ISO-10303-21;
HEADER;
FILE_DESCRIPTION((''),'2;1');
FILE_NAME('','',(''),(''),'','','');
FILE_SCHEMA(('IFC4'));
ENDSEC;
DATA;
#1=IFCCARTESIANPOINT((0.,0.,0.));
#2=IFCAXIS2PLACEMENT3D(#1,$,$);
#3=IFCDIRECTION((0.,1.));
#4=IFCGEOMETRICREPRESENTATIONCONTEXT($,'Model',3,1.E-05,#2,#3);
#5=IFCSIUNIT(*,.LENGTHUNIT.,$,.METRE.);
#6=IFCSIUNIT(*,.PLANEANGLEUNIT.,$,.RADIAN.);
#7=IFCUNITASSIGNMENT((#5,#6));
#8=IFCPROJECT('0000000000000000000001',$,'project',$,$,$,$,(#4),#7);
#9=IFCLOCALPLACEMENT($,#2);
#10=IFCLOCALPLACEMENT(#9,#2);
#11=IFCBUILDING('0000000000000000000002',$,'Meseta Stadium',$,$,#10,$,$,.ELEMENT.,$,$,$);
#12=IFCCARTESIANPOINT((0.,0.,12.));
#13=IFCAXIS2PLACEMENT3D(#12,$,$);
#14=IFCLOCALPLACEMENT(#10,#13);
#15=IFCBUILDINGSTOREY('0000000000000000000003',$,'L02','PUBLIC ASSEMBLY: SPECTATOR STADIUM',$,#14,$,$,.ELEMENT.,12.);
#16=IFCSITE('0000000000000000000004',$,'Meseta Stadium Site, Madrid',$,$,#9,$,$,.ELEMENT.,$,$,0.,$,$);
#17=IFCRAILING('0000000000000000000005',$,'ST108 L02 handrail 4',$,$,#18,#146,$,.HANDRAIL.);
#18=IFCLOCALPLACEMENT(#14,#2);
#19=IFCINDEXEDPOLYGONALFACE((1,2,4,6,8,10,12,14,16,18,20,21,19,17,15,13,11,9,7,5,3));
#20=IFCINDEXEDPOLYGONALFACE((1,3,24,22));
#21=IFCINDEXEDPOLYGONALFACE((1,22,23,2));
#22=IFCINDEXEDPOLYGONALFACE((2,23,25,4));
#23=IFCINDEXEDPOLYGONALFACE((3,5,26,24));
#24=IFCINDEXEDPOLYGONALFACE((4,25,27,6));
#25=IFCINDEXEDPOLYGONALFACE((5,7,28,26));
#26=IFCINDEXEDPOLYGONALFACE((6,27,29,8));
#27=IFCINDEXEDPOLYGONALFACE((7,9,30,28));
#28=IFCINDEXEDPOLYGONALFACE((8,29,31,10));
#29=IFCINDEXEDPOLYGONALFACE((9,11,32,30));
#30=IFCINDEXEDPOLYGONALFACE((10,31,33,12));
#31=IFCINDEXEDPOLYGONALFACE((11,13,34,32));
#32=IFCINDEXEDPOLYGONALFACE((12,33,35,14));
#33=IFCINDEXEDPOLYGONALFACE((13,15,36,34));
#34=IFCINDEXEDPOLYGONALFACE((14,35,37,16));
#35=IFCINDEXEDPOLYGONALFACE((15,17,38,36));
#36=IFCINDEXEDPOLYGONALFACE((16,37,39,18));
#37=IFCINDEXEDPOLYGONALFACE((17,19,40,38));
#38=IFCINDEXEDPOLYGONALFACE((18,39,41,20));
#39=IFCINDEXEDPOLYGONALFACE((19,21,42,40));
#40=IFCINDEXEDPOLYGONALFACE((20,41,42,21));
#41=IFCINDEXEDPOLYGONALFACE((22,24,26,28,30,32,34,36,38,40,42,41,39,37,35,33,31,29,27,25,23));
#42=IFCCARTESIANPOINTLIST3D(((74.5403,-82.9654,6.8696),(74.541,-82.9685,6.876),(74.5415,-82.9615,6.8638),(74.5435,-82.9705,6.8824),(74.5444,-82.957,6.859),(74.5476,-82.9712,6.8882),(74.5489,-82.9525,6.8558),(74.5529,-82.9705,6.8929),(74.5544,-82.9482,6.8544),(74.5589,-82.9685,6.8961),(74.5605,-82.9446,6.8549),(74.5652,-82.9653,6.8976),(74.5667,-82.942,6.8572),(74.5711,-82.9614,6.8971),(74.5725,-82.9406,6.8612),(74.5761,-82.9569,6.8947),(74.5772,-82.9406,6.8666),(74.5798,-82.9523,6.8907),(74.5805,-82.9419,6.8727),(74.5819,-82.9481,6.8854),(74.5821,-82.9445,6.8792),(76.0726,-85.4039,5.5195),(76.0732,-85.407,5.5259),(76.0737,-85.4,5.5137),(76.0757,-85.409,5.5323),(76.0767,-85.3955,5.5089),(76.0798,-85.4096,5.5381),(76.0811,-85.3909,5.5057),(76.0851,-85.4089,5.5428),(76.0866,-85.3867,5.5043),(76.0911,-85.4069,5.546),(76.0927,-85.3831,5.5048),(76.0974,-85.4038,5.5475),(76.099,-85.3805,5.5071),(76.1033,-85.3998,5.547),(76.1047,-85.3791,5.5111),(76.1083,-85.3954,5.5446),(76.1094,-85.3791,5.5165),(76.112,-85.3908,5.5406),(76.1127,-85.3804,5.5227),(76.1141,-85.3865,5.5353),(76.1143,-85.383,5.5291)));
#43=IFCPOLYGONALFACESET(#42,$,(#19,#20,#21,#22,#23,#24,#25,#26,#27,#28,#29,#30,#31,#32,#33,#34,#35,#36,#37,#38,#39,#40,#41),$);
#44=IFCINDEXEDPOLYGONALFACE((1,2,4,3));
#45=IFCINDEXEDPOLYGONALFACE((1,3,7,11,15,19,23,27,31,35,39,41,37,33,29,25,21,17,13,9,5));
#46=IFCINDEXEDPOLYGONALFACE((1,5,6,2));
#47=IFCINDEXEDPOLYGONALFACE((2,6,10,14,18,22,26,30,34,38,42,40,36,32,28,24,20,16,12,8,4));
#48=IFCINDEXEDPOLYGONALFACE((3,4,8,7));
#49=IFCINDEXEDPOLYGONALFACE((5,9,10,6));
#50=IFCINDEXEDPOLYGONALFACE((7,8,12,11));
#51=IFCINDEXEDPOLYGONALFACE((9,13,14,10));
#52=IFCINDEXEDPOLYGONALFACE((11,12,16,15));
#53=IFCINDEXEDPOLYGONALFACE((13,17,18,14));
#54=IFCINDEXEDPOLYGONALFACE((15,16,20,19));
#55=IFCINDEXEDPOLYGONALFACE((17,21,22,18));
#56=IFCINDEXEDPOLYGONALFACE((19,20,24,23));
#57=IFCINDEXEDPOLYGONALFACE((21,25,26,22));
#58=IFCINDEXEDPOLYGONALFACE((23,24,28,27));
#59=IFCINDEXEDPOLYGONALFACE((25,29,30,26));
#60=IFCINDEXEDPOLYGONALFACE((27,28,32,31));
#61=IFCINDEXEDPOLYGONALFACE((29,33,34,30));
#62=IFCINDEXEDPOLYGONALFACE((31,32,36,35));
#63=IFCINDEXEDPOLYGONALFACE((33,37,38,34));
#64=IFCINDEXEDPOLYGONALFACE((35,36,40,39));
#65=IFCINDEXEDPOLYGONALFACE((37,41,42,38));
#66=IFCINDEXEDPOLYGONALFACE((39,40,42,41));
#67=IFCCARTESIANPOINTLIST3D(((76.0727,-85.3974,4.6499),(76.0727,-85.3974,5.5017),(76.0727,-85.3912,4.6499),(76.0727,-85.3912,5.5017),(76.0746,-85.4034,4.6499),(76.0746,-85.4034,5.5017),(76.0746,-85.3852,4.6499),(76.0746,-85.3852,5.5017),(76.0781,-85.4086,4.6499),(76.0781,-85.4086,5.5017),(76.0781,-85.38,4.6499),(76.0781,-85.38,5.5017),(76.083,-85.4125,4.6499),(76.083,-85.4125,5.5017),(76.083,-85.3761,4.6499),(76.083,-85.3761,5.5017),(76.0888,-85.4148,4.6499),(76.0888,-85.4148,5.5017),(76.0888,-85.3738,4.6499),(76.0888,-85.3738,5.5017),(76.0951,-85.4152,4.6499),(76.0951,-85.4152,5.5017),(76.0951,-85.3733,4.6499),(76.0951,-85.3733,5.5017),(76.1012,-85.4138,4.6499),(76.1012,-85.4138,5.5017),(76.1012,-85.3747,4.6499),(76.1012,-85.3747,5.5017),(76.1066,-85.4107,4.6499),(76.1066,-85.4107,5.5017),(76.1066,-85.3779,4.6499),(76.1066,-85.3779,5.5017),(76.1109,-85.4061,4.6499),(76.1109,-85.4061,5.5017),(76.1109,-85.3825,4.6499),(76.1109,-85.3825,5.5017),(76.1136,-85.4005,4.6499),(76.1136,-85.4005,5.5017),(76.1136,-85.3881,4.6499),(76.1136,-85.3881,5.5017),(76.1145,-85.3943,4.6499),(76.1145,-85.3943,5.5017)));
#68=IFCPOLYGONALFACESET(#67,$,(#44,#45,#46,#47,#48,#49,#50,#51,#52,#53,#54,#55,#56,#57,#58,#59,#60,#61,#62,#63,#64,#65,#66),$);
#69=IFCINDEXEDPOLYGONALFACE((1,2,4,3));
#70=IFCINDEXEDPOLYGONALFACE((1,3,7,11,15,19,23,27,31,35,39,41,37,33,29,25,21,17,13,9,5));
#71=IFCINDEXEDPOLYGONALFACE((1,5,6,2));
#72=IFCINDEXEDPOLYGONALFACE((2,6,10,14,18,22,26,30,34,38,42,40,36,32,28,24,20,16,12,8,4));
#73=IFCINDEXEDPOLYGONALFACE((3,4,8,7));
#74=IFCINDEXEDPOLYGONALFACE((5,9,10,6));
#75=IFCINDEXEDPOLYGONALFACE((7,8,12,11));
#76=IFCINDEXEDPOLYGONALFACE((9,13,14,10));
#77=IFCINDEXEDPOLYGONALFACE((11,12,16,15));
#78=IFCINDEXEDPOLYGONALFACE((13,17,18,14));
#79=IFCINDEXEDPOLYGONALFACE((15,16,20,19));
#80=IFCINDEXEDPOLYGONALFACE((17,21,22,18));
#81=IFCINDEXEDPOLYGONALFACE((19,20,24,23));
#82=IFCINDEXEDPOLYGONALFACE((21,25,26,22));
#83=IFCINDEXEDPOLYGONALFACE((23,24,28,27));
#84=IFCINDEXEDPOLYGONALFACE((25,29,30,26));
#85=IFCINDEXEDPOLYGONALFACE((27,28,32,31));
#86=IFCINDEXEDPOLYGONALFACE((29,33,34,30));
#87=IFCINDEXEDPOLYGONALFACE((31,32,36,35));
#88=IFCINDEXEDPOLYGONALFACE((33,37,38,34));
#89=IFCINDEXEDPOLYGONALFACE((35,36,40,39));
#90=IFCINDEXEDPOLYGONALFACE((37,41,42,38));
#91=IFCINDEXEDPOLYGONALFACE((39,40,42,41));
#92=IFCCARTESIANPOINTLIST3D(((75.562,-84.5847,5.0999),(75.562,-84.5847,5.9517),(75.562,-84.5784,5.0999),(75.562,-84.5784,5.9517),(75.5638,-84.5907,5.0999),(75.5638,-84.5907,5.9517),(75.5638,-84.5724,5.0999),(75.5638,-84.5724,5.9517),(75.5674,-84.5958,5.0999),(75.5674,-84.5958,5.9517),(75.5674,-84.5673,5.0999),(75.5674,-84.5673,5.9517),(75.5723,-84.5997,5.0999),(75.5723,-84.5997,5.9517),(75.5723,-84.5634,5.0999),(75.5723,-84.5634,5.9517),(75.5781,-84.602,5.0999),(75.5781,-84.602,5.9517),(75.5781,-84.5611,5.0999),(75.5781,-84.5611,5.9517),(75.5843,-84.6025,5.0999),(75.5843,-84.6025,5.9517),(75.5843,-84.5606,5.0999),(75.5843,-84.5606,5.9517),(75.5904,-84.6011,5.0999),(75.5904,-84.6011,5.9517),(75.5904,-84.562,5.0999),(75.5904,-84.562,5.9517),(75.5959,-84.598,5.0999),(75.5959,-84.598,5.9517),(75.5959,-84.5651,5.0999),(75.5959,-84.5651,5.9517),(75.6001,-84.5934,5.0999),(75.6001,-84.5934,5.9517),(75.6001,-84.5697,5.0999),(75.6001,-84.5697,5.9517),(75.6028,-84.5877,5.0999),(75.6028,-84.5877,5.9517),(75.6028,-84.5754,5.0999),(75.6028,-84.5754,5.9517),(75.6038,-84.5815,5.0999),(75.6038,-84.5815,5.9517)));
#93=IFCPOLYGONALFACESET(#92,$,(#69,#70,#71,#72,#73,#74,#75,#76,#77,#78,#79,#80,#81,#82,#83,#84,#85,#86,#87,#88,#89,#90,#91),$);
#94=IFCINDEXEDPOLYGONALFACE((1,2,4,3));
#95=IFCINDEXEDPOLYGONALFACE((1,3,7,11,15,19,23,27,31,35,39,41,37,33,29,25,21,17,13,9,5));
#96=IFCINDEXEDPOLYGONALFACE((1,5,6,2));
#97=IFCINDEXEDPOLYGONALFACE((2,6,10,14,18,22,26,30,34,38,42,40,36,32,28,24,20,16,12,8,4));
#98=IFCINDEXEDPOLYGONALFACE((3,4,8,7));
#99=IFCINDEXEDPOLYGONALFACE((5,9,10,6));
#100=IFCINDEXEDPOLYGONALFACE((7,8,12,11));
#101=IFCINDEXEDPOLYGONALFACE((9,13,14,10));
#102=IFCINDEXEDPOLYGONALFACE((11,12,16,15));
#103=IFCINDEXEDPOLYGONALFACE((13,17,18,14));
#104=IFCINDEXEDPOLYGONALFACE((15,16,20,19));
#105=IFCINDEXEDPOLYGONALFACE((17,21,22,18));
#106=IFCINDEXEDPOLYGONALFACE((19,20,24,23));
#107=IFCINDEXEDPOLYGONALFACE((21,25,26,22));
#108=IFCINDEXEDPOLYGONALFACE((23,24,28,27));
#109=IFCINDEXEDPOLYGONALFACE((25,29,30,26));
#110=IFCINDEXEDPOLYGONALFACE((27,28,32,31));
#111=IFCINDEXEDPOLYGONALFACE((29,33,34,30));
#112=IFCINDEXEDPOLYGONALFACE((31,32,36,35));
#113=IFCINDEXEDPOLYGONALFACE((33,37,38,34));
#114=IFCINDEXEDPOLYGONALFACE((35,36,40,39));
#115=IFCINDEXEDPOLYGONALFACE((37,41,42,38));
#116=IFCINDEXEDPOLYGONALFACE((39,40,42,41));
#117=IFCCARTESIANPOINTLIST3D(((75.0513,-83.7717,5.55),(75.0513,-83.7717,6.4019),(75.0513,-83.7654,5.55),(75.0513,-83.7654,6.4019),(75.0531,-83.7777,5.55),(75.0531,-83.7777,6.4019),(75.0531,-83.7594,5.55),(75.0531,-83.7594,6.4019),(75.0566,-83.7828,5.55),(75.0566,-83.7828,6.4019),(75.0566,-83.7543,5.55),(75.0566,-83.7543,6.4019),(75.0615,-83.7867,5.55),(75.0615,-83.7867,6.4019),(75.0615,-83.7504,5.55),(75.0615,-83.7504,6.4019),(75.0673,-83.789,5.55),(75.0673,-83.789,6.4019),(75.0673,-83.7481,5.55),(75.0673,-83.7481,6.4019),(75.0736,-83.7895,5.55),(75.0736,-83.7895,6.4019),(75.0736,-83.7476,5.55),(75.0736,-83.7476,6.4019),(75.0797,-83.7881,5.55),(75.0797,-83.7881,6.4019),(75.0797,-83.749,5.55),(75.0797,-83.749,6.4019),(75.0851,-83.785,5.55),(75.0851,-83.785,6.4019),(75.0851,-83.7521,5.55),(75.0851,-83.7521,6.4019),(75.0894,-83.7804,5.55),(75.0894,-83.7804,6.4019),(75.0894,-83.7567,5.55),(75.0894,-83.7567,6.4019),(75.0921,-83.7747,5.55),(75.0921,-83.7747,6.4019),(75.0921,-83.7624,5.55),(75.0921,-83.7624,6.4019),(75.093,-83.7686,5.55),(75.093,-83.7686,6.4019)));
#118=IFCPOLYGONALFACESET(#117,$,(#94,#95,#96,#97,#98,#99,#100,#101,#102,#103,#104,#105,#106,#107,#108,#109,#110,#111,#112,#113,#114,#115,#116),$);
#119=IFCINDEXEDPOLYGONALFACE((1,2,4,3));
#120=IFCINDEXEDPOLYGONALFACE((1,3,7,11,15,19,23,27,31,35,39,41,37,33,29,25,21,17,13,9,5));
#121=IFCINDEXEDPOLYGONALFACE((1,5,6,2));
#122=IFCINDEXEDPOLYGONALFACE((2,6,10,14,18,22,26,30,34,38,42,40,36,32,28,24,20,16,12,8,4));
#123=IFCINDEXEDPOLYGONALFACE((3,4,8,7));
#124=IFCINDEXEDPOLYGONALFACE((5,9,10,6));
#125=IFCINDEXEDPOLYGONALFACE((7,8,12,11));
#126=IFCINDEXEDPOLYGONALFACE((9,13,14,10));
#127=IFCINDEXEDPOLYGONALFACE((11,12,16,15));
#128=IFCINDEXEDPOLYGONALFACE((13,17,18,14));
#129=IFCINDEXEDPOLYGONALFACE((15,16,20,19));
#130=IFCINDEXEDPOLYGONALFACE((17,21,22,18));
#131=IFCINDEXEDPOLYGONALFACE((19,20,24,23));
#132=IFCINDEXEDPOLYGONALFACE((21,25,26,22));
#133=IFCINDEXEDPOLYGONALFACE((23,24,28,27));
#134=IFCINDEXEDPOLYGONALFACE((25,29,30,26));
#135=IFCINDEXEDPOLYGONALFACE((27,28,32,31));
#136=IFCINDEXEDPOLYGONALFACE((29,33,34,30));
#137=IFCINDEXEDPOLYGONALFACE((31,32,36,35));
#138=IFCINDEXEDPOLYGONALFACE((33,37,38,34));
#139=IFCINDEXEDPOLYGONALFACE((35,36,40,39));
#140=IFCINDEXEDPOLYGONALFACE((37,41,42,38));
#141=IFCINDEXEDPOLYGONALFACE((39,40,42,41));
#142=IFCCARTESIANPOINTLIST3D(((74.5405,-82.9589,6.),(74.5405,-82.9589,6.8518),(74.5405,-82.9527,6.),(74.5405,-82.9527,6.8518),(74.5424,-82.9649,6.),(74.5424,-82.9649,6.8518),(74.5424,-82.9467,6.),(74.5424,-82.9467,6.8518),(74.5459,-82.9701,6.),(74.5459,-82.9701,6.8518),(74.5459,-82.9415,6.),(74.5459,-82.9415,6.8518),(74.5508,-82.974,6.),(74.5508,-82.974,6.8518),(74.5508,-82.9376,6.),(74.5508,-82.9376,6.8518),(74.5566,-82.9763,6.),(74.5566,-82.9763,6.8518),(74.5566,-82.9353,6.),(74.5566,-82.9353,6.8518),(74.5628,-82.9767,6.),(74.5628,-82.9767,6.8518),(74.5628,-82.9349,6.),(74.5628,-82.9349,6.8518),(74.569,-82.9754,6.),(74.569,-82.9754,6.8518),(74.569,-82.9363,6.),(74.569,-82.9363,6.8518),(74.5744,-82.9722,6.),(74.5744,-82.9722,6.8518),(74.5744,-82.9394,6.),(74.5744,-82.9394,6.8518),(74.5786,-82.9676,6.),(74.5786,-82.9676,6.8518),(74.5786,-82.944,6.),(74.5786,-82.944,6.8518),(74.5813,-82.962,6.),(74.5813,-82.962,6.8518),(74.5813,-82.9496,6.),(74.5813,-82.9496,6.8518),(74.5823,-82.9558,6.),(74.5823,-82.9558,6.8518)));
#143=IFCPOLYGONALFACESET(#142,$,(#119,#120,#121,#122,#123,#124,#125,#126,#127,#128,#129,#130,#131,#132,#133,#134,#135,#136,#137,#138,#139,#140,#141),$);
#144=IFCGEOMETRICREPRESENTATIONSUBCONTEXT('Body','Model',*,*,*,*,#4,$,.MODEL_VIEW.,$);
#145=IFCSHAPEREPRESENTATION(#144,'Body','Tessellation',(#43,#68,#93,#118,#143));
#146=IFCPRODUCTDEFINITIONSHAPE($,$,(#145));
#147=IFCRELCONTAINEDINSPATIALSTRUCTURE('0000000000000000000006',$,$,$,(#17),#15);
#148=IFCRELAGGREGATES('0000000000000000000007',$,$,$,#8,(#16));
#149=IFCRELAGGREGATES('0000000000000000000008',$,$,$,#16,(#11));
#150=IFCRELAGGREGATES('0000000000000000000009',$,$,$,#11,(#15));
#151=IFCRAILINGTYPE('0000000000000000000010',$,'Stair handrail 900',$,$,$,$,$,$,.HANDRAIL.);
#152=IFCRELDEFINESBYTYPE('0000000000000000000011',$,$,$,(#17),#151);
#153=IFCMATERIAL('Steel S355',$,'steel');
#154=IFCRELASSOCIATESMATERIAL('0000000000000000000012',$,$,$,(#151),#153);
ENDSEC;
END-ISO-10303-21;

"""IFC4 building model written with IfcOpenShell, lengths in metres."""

from ifc_helpers import new_model, si_unit, direction, frame, origin, origin_2d, place, context, subcontext, project, spatial, circle, extrude, material, type_object, element, save


model = new_model("IFC4")

# Units and contexts
model_context = context("Model", 3, precision=1e-05, world=origin(), true_north=direction((0.0, 1.0)))
body_context = subcontext(model_context, "Body", "Model", "MODEL_VIEW")
ifc_project = project(units=[si_unit("LENGTHUNIT", "METRE"), si_unit("PLANEANGLEUNIT", "RADIAN")], contexts=[model_context])

# Site, building, storey
site_placement = place(None, origin())
site = spatial("IfcSite", under=ifc_project, at=site_placement, Name="Meseta Stadium Site, Madrid", CompositionType="ELEMENT", RefElevation=0.0)
building_placement = place(site_placement, origin())
building = spatial("IfcBuilding", under=site, at=building_placement, Name="Meseta Stadium", CompositionType="ELEMENT")
storey_placement = place(building_placement, frame((0.0, 0.0, 12.0)))
storey = spatial("IfcBuildingStorey", under=building, at=storey_placement, Name="L02", Description="PUBLIC ASSEMBLY: SPECTATOR STADIUM", CompositionType="ELEMENT", Elevation=12.0)

# Railing
ifc_material_1 = material(Name="Steel S355", Category="steel")
railing_type_1 = type_object("IfcRailingType", Name="Stair handrail 900", PredefinedType="HANDRAIL", material=ifc_material_1)
for number, where, name in (
    (1, (76.0935, -85.3943, 4.6499), "ST108 L02 handrail 4"),
):
    element("IfcRailing", number, at=place(storey_placement, frame(where)), inside=storey, type_object=railing_type_1, Name=name, PredefinedType="HANDRAIL", context=body_context, shape_type="SweptSolid", body=[
        extrude(circle(Radius=0.0239, at=origin_2d()), frame((0.0, 0.0, 0.876), z_axis=(-0.481731, 0.766655, 0.42447), x_axis=(-0.846719, -0.53204, 0.0)), (0.0, 0.0, 1.0), 3.1807),
        extrude(circle(Radius=0.021, at=origin_2d()), origin(), (0.0, 0.0, 1.0), 0.8518),
        extrude(circle(Radius=0.021, at=origin_2d()), frame((-0.5107, 0.8127, 0.45)), (0.0, 0.0, 1.0), 0.8518),
        extrude(circle(Radius=0.021, at=origin_2d()), frame((-1.0215, 1.6257, 0.9001)), (0.0, 0.0, 1.0), 0.8518),
        extrude(circle(Radius=0.021, at=origin_2d()), frame((-1.5322, 2.4385, 1.3501)), (0.0, 0.0, 1.0), 0.8518),
    ])

save(model, "model.ifc")
